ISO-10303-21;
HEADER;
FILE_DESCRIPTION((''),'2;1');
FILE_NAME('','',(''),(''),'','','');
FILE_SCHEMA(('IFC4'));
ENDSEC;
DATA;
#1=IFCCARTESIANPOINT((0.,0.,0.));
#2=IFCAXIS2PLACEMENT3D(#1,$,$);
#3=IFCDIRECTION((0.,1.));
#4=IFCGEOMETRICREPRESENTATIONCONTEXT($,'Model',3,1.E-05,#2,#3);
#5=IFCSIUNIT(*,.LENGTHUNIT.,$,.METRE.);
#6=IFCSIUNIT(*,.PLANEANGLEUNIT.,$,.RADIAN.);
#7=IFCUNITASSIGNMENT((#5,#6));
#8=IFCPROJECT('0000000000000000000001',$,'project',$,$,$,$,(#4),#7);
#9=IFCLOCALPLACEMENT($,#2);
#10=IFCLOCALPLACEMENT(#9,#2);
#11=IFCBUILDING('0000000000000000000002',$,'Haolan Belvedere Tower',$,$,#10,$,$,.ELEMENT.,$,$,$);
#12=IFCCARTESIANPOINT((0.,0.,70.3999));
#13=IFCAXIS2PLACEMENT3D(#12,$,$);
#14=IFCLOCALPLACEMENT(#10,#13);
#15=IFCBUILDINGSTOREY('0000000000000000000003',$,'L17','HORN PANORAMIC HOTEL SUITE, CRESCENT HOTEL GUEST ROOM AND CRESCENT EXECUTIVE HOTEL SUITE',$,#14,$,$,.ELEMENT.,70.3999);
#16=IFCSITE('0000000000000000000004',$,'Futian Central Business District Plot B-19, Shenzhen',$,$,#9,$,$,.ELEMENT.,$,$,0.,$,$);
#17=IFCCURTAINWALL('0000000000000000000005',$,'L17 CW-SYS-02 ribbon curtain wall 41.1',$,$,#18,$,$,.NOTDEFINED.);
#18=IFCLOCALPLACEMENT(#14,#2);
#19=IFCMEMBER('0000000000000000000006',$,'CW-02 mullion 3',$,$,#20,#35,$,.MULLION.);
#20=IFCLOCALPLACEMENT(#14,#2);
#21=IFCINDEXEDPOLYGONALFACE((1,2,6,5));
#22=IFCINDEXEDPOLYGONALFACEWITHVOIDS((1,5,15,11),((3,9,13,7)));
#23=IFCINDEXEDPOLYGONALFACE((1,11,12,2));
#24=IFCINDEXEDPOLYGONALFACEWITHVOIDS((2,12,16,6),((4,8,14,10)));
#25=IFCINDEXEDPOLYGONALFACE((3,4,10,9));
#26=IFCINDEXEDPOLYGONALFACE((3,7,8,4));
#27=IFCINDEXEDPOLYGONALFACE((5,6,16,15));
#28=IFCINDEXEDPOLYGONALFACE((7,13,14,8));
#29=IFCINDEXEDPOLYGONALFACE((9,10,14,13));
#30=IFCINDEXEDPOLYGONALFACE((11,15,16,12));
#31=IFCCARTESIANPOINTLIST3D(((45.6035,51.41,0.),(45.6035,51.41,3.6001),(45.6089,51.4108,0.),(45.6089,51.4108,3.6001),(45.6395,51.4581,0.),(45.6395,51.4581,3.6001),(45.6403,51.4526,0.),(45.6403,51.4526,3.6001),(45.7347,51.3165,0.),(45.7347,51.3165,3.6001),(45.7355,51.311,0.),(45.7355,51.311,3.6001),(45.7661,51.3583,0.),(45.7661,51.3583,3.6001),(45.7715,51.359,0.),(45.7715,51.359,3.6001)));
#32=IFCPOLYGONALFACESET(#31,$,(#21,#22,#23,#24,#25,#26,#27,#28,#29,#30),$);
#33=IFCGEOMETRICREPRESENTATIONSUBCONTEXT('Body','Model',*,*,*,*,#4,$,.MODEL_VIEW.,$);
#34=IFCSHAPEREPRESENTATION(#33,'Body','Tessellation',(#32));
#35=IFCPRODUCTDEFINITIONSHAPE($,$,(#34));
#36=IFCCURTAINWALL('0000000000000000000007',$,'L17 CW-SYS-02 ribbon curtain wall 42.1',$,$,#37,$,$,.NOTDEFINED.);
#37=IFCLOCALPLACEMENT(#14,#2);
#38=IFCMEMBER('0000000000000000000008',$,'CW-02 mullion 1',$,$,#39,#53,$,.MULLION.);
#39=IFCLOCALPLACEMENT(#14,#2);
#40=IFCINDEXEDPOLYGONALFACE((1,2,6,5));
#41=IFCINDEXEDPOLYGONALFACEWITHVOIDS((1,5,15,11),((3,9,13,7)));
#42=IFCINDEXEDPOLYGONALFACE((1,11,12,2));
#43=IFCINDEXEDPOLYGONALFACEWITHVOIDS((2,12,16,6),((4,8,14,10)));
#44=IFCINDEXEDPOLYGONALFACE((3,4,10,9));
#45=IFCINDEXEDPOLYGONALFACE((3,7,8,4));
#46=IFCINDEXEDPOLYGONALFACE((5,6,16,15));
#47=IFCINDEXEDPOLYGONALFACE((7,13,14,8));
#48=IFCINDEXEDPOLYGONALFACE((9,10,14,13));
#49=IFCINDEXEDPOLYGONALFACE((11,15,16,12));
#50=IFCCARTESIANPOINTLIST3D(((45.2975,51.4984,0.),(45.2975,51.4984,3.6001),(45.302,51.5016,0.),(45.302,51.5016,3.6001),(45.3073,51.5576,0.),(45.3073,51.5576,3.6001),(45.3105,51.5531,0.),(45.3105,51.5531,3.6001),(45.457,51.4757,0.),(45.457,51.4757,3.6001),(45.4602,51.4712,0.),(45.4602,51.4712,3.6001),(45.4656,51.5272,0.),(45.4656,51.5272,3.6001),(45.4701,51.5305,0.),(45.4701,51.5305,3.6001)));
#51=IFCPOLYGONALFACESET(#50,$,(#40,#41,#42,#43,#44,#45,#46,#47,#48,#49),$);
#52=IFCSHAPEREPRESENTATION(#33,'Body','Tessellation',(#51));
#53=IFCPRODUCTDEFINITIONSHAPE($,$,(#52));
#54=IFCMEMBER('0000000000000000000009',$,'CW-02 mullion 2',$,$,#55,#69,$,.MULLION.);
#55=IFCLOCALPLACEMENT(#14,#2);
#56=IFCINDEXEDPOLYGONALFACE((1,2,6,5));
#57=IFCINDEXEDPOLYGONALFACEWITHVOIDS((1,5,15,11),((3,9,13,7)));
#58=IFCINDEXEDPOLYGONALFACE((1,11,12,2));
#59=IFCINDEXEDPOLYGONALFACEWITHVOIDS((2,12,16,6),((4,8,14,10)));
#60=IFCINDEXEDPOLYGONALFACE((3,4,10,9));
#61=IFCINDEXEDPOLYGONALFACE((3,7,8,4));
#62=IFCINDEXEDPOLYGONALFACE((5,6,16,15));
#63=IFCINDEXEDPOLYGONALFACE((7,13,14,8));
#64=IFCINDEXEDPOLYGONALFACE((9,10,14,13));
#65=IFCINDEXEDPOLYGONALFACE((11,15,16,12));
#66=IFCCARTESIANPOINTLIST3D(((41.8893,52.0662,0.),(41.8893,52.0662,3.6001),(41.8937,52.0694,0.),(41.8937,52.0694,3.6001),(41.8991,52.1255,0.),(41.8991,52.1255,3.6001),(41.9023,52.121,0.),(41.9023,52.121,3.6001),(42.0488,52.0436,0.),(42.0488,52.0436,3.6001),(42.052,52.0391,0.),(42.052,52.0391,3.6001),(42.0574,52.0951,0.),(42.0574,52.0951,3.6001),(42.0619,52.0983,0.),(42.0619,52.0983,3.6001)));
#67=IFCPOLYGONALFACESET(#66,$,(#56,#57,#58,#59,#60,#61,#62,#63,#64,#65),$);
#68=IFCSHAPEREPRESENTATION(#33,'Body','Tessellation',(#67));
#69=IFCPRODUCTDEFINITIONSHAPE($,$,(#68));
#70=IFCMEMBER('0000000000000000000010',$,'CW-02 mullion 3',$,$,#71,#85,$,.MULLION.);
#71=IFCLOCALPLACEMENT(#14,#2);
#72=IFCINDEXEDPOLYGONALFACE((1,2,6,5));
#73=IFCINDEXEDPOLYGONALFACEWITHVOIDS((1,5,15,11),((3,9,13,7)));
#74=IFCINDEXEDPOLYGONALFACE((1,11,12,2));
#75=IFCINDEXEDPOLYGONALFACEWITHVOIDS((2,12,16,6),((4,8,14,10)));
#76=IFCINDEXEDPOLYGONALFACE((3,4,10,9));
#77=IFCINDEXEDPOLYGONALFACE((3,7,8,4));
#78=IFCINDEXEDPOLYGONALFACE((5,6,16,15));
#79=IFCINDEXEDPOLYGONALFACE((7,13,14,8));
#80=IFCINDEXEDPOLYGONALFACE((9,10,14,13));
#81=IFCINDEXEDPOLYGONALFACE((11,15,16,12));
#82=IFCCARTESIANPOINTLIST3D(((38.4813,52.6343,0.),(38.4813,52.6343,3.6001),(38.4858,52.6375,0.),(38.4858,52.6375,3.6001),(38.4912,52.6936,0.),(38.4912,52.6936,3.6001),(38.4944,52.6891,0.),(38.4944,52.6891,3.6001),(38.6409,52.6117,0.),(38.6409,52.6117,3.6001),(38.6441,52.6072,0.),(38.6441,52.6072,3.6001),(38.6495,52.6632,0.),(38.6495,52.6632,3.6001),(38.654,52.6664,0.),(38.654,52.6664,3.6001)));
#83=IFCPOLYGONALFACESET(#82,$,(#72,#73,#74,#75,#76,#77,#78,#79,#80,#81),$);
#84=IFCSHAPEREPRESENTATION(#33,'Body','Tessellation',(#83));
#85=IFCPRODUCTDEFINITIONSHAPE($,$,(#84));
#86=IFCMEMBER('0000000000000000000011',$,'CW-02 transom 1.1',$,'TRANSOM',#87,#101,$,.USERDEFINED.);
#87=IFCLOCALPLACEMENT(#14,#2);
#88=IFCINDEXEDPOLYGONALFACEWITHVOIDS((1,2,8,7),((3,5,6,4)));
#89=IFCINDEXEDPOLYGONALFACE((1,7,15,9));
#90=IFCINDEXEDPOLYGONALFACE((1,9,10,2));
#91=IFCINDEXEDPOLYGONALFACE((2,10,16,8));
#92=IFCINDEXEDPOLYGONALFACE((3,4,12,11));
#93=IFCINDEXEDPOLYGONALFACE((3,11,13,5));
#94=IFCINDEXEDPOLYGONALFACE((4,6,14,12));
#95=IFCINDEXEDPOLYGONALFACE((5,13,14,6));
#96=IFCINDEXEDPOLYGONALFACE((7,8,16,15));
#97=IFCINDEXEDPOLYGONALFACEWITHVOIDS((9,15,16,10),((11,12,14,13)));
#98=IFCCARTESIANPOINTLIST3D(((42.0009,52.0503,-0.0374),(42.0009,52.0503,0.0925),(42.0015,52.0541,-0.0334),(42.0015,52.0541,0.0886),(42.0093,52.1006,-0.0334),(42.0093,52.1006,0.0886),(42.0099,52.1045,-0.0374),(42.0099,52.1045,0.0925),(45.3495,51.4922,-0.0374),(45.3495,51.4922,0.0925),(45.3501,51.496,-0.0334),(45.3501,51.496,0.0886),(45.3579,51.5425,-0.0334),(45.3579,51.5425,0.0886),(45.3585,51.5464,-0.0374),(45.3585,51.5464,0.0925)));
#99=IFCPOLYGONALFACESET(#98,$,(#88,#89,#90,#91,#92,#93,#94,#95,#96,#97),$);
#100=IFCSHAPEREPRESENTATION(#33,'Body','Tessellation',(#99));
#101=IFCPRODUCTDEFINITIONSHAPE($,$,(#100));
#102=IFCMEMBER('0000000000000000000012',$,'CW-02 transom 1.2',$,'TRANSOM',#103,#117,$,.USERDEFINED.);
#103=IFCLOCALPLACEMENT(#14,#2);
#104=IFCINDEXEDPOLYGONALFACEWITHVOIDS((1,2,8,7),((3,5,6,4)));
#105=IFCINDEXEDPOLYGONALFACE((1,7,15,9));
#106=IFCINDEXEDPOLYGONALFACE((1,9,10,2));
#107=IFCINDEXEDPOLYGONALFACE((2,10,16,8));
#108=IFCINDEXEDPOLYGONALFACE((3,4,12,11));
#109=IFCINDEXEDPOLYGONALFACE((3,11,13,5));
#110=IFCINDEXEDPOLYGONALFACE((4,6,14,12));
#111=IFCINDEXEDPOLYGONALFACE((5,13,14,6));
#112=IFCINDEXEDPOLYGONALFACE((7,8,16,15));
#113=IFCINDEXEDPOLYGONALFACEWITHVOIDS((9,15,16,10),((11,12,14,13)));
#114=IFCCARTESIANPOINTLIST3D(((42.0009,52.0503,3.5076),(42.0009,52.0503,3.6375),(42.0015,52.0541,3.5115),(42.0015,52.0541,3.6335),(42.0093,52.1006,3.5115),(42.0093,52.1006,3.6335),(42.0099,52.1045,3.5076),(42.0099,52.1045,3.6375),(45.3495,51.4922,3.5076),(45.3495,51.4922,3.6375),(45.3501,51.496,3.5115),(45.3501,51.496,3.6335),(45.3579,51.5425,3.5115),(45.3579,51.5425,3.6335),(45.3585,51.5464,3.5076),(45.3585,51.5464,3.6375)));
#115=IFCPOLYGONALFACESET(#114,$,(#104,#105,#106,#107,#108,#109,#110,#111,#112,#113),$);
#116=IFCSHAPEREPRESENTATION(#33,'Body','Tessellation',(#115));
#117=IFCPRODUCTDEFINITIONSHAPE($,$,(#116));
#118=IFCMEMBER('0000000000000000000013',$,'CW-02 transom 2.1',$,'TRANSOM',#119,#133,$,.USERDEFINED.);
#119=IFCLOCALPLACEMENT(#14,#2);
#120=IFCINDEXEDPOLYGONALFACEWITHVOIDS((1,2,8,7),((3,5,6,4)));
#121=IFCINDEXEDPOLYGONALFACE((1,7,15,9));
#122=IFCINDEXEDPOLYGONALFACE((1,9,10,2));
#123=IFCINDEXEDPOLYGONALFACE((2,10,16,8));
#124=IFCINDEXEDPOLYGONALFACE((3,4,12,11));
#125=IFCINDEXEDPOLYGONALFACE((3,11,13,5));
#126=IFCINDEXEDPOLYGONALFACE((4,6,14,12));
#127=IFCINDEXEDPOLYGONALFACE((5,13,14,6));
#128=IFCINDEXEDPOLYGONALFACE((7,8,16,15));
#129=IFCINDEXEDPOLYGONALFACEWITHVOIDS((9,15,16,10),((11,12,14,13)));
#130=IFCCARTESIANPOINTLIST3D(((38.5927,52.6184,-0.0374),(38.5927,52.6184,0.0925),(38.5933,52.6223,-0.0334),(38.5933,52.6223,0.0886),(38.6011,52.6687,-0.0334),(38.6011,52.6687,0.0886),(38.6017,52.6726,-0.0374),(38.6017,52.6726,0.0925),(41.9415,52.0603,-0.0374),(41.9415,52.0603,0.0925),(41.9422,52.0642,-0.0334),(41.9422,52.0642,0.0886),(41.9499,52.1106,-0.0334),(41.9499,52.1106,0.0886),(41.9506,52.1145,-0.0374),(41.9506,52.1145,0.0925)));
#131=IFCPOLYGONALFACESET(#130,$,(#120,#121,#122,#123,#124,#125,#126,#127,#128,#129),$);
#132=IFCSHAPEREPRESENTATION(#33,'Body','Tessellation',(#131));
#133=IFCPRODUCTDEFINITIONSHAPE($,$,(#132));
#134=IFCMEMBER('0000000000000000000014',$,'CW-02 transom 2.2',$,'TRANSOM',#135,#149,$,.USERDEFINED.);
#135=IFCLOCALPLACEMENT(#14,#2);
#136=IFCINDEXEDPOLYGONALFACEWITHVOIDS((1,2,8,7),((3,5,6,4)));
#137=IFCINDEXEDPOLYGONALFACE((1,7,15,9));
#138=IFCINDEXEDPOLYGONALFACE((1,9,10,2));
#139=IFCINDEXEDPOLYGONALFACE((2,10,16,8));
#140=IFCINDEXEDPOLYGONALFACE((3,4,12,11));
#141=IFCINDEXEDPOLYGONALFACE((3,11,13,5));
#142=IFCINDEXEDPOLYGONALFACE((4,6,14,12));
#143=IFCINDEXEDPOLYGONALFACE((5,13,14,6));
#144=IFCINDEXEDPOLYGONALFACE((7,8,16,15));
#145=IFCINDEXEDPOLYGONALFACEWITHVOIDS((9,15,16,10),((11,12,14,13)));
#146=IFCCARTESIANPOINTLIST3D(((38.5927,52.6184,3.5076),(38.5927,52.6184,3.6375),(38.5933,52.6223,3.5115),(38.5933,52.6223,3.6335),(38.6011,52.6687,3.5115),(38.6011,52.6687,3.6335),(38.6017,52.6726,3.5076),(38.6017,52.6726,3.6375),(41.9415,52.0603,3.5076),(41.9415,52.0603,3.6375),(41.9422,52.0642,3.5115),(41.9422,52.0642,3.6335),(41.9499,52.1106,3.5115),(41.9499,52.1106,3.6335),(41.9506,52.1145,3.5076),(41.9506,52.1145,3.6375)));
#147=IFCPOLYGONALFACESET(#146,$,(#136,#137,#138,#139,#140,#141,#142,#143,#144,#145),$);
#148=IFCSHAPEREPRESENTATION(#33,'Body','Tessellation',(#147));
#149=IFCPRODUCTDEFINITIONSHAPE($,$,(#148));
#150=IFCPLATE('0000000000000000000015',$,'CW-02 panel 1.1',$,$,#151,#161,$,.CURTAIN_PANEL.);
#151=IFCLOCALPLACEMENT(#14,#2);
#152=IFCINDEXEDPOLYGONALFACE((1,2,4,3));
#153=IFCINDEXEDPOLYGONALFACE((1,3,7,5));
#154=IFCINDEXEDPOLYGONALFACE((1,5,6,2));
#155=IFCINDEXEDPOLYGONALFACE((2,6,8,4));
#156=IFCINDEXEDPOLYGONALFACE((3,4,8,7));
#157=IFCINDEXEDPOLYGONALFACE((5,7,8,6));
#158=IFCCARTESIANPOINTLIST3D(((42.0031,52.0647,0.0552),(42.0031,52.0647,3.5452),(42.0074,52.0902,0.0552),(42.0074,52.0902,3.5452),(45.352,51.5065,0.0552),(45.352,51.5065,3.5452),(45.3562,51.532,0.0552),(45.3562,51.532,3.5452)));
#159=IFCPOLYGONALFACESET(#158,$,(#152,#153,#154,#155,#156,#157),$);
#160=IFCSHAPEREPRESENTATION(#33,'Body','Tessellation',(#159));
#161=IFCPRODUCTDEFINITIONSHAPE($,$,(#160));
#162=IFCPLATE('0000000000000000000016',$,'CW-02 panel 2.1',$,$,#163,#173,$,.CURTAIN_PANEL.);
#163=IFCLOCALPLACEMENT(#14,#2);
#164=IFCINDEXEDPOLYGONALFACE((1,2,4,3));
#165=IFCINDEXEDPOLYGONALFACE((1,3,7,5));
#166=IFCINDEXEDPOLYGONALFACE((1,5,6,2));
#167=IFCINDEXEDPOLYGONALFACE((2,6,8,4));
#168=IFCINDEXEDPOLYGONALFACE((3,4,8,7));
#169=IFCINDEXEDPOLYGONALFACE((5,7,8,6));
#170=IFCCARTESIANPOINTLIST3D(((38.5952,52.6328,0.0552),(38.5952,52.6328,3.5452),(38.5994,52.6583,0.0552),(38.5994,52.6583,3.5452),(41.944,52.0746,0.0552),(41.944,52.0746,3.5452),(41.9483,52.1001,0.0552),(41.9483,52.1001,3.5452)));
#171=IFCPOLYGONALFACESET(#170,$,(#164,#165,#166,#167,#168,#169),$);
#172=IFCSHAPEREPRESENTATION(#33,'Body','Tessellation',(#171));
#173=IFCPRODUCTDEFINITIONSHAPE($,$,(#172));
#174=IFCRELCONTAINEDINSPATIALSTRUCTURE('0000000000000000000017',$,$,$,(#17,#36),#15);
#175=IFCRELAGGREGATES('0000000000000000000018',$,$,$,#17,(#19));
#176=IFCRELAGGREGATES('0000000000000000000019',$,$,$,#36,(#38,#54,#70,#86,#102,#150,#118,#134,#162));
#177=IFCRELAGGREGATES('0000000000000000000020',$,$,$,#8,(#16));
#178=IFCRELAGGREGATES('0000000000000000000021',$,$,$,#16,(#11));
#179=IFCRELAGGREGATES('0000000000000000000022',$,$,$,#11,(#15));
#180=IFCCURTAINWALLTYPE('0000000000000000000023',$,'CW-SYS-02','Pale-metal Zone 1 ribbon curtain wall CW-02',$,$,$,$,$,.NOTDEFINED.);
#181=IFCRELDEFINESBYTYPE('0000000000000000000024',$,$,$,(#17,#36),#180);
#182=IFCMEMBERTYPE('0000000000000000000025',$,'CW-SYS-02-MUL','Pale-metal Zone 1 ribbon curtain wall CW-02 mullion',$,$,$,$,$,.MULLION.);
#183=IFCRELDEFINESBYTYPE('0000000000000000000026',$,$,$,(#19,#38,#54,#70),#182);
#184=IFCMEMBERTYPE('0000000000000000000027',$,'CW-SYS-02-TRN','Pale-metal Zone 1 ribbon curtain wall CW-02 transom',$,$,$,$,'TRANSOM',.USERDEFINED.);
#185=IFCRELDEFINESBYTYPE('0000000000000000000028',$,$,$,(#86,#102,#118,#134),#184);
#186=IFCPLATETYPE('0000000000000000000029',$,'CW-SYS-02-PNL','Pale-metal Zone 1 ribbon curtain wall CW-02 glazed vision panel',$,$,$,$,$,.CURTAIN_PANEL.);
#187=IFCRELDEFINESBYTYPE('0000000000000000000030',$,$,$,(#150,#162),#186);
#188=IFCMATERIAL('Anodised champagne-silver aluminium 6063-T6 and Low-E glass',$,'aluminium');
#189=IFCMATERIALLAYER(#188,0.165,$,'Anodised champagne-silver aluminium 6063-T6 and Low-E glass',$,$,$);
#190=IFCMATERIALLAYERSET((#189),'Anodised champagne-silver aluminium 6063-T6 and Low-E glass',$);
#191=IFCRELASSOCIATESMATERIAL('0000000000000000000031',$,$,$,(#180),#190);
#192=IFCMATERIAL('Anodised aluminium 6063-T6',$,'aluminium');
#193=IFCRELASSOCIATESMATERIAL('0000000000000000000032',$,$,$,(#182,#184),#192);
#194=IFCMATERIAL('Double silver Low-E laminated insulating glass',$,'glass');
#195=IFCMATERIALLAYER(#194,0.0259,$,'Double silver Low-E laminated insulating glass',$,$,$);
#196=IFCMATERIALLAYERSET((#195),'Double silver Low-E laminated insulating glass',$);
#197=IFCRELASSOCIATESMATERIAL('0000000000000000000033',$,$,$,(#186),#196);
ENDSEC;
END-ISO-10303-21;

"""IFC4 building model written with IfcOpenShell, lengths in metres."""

from ifc_helpers import new_model, si_unit, direction, frame, origin, origin_2d, place, context, subcontext, project, spatial, rectangle, hollow_rectangle, extrude, material, layer, layer_set, material_profile, profile_set, type_object, element, aggregate, save


model = new_model("IFC4")

# Units and contexts
model_context = context("Model", 3, precision=1e-05, world=origin(), true_north=direction((0.0, 1.0)))
body_context = subcontext(model_context, "Body", "Model", "MODEL_VIEW")
ifc_project = project(units=[si_unit("LENGTHUNIT", "METRE"), si_unit("PLANEANGLEUNIT", "RADIAN")], contexts=[model_context])

# Site, building, storey
site_placement = place(None, origin())
site = spatial("IfcSite", under=ifc_project, at=site_placement, Name="Futian Central Business District Plot B-19, Shenzhen", CompositionType="ELEMENT", RefElevation=0.0)
building_placement = place(site_placement, origin())
building = spatial("IfcBuilding", under=site, at=building_placement, Name="Haolan Belvedere Tower", CompositionType="ELEMENT")
storey_placement = place(building_placement, frame((0.0, 0.0, 70.3999)))
storey = spatial("IfcBuildingStorey", under=building, at=storey_placement, Name="L17", Description="HORN PANORAMIC HOTEL SUITE, CRESCENT HOTEL GUEST ROOM AND CRESCENT EXECUTIVE HOTEL SUITE", CompositionType="ELEMENT", Elevation=70.3999)

# Curtain wall, member
ifc_material_1 = material(Name="Anodised champagne-silver aluminium 6063-T6 and Low-E glass", Category="aluminium")
ifc_layer_1 = layer(ifc_material_1, 0.165, Name="Anodised champagne-silver aluminium 6063-T6 and Low-E glass")
ifc_layer_set_1 = layer_set([ifc_layer_1], Name="Anodised champagne-silver aluminium 6063-T6 and Low-E glass")
curtain_wall_type = type_object("IfcCurtainWallType", Name="CW-SYS-02", Description="Pale-metal Zone 1 ribbon curtain wall CW-02", PredefinedType="NOTDEFINED", material=ifc_layer_set_1)
curtain_wall_1_placement = place(storey_placement, origin())
curtain_wall_1 = element("IfcCurtainWall", 1, at=curtain_wall_1_placement, inside=storey, type_object=curtain_wall_type, Name="L17 CW-SYS-02 ribbon curtain wall 41.1", PredefinedType="NOTDEFINED")
ifc_material_2 = material(Name="Anodised aluminium 6063-T6", Category="aluminium")
ifc_material_profile_1 = material_profile(ifc_material_2, hollow_rectangle(XDim=0.0601, YDim=0.165, WallThickness=0.0039, at=origin_2d()), Name="Anodised aluminium 6063-T6")
ifc_profile_set_1 = profile_set([ifc_material_profile_1], Name="Anodised aluminium 6063-T6")
member_type_1 = type_object("IfcMemberType", Name="CW-SYS-02-MUL", Description="Pale-metal Zone 1 ribbon curtain wall CW-02 mullion", PredefinedType="MULLION", material=ifc_profile_set_1)
member_1_placement = place(storey_placement, frame((45.6875, 51.3845, 0.0), z_axis=(0.0, 0.0, 1.0), x_axis=(-0.599994, -0.800004, 0.0)))
member_1 = element("IfcMember", 2, at=member_1_placement, type_object=member_type_1, Name="CW-02 mullion 3", PredefinedType="MULLION", context=body_context, shape_type="SweptSolid", body=[
    extrude(hollow_rectangle(XDim=0.0601, YDim=0.165, WallThickness=0.0039, at=origin_2d()), origin(), (0.0, 0.0, 1.0), 3.6001),
])
aggregate(curtain_wall_1, [member_1])

# Curtain wall, members, plates
curtain_wall_2_placement = place(storey_placement, origin())
curtain_wall_2 = element("IfcCurtainWall", 3, at=curtain_wall_2_placement, inside=storey, type_object=curtain_wall_type, Name="L17 CW-SYS-02 ribbon curtain wall 42.1", PredefinedType="NOTDEFINED")
member_2_placement = place(storey_placement, frame((45.3838, 51.5144, 0.0), z_axis=(0.0, 0.0, 1.0), x_axis=(-0.164404, -0.986393, 0.0)))
member_2 = element("IfcMember", 4, at=member_2_placement, type_object=member_type_1, Name="CW-02 mullion 1", PredefinedType="MULLION", context=body_context, shape_type="SweptSolid", body=[
    extrude(hollow_rectangle(XDim=0.0601, YDim=0.165, WallThickness=0.0039, at=origin_2d()), origin(), (0.0, 0.0, 1.0), 3.6001),
])
member_3_placement = place(storey_placement, frame((41.9756, 52.0823, 0.0), z_axis=(0.0, 0.0, 1.0), x_axis=(-0.164404, -0.986393, 0.0)))
member_3 = element("IfcMember", 5, at=member_3_placement, type_object=member_type_1, Name="CW-02 mullion 2", PredefinedType="MULLION", context=body_context, shape_type="SweptSolid", body=[
    extrude(hollow_rectangle(XDim=0.0601, YDim=0.165, WallThickness=0.0039, at=origin_2d()), origin(), (0.0, 0.0, 1.0), 3.6001),
])
member_4_placement = place(storey_placement, frame((38.5676, 52.6504, 0.0), z_axis=(0.0, 0.0, 1.0), x_axis=(-0.164404, -0.986393, 0.0)))
member_4 = element("IfcMember", 6, at=member_4_placement, type_object=member_type_1, Name="CW-02 mullion 3", PredefinedType="MULLION", context=body_context, shape_type="SweptSolid", body=[
    extrude(hollow_rectangle(XDim=0.0601, YDim=0.165, WallThickness=0.0039, at=origin_2d()), origin(), (0.0, 0.0, 1.0), 3.6001),
])
ifc_material_profile_2 = material_profile(ifc_material_2, hollow_rectangle(XDim=0.0549, YDim=0.1299, WallThickness=0.0039, at=origin_2d()), Name="Anodised aluminium 6063-T6")
ifc_profile_set_2 = profile_set([ifc_material_profile_2], Name="Anodised aluminium 6063-T6")
member_type_2 = type_object("IfcMemberType", Name="CW-SYS-02-TRN", Description="Pale-metal Zone 1 ribbon curtain wall CW-02 transom", ElementType="TRANSOM", PredefinedType="USERDEFINED", material=ifc_profile_set_2)
member_5_placement = place(storey_placement, frame((45.354, 51.5193, 0.0276), z_axis=(-0.986394, 0.164399, 0.0), x_axis=(-0.164399, -0.986394, 0.0)))
member_5 = element("IfcMember", 7, at=member_5_placement, type_object=member_type_2, Name="CW-02 transom 1.1", ObjectType="TRANSOM", PredefinedType="USERDEFINED", context=body_context, shape_type="SweptSolid", body=[
    extrude(hollow_rectangle(XDim=0.0549, YDim=0.1299, WallThickness=0.0039, at=origin_2d()), origin(), (0.0, 0.0, 1.0), 3.3948),
])
member_6_placement = place(storey_placement, frame((45.354, 51.5193, 3.5725), z_axis=(-0.986394, 0.164399, 0.0), x_axis=(-0.164399, -0.986394, 0.0)))
member_6 = element("IfcMember", 8, at=member_6_placement, type_object=member_type_2, Name="CW-02 transom 1.2", ObjectType="TRANSOM", PredefinedType="USERDEFINED", context=body_context, shape_type="SweptSolid", body=[
    extrude(hollow_rectangle(XDim=0.0549, YDim=0.1299, WallThickness=0.0039, at=origin_2d()), origin(), (0.0, 0.0, 1.0), 3.3948),
])
member_7_placement = place(storey_placement, frame((41.946, 52.0874, 0.0276), z_axis=(-0.986396, 0.164387, 0.0), x_axis=(-0.164387, -0.986396, 0.0)))
member_7 = element("IfcMember", 9, at=member_7_placement, type_object=member_type_2, Name="CW-02 transom 2.1", ObjectType="TRANSOM", PredefinedType="USERDEFINED", context=body_context, shape_type="SweptSolid", body=[
    extrude(hollow_rectangle(XDim=0.0549, YDim=0.1299, WallThickness=0.0039, at=origin_2d()), origin(), (0.0, 0.0, 1.0), 3.395),
])
member_8_placement = place(storey_placement, frame((41.946, 52.0874, 3.5725), z_axis=(-0.986396, 0.164387, 0.0), x_axis=(-0.164387, -0.986396, 0.0)))
member_8 = element("IfcMember", 10, at=member_8_placement, type_object=member_type_2, Name="CW-02 transom 2.2", ObjectType="TRANSOM", PredefinedType="USERDEFINED", context=body_context, shape_type="SweptSolid", body=[
    extrude(hollow_rectangle(XDim=0.0549, YDim=0.1299, WallThickness=0.0039, at=origin_2d()), origin(), (0.0, 0.0, 1.0), 3.395),
])
ifc_material_3 = material(Name="Double silver Low-E laminated insulating glass", Category="glass")
ifc_layer_2 = layer(ifc_material_3, 0.0259, Name="Double silver Low-E laminated insulating glass")
ifc_layer_set_2 = layer_set([ifc_layer_2], Name="Double silver Low-E laminated insulating glass")
plate_type = type_object("IfcPlateType", Name="CW-SYS-02-PNL", Description="Pale-metal Zone 1 ribbon curtain wall CW-02 glazed vision panel", PredefinedType="CURTAIN_PANEL", material=ifc_layer_set_2)
plate_1_placement = place(storey_placement, frame((43.6797, 51.7983, 0.0552), z_axis=(0.0, 0.0, 1.0), x_axis=(-0.986393, 0.164404, 0.0)))
plate_1 = element("IfcPlate", 11, at=plate_1_placement, type_object=plate_type, Name="CW-02 panel 1.1", PredefinedType="CURTAIN_PANEL", context=body_context, shape_type="SweptSolid", body=[
    extrude(rectangle(XDim=3.395, YDim=0.0259, at=origin_2d()), origin(), (0.0, 0.0, 1.0), 3.49),
])
plate_2_placement = place(storey_placement, frame((40.2717, 52.3665, 0.0552), z_axis=(0.0, 0.0, 1.0), x_axis=(-0.986393, 0.164404, 0.0)))
plate_2 = element("IfcPlate", 12, at=plate_2_placement, type_object=plate_type, Name="CW-02 panel 2.1", PredefinedType="CURTAIN_PANEL", context=body_context, shape_type="SweptSolid", body=[
    extrude(rectangle(XDim=3.395, YDim=0.0259, at=origin_2d()), origin(), (0.0, 0.0, 1.0), 3.49),
])
aggregate(curtain_wall_2, [member_2, member_3, member_4, member_5, member_6, plate_1, member_7, member_8, plate_2])

save(model, "model.ifc")
